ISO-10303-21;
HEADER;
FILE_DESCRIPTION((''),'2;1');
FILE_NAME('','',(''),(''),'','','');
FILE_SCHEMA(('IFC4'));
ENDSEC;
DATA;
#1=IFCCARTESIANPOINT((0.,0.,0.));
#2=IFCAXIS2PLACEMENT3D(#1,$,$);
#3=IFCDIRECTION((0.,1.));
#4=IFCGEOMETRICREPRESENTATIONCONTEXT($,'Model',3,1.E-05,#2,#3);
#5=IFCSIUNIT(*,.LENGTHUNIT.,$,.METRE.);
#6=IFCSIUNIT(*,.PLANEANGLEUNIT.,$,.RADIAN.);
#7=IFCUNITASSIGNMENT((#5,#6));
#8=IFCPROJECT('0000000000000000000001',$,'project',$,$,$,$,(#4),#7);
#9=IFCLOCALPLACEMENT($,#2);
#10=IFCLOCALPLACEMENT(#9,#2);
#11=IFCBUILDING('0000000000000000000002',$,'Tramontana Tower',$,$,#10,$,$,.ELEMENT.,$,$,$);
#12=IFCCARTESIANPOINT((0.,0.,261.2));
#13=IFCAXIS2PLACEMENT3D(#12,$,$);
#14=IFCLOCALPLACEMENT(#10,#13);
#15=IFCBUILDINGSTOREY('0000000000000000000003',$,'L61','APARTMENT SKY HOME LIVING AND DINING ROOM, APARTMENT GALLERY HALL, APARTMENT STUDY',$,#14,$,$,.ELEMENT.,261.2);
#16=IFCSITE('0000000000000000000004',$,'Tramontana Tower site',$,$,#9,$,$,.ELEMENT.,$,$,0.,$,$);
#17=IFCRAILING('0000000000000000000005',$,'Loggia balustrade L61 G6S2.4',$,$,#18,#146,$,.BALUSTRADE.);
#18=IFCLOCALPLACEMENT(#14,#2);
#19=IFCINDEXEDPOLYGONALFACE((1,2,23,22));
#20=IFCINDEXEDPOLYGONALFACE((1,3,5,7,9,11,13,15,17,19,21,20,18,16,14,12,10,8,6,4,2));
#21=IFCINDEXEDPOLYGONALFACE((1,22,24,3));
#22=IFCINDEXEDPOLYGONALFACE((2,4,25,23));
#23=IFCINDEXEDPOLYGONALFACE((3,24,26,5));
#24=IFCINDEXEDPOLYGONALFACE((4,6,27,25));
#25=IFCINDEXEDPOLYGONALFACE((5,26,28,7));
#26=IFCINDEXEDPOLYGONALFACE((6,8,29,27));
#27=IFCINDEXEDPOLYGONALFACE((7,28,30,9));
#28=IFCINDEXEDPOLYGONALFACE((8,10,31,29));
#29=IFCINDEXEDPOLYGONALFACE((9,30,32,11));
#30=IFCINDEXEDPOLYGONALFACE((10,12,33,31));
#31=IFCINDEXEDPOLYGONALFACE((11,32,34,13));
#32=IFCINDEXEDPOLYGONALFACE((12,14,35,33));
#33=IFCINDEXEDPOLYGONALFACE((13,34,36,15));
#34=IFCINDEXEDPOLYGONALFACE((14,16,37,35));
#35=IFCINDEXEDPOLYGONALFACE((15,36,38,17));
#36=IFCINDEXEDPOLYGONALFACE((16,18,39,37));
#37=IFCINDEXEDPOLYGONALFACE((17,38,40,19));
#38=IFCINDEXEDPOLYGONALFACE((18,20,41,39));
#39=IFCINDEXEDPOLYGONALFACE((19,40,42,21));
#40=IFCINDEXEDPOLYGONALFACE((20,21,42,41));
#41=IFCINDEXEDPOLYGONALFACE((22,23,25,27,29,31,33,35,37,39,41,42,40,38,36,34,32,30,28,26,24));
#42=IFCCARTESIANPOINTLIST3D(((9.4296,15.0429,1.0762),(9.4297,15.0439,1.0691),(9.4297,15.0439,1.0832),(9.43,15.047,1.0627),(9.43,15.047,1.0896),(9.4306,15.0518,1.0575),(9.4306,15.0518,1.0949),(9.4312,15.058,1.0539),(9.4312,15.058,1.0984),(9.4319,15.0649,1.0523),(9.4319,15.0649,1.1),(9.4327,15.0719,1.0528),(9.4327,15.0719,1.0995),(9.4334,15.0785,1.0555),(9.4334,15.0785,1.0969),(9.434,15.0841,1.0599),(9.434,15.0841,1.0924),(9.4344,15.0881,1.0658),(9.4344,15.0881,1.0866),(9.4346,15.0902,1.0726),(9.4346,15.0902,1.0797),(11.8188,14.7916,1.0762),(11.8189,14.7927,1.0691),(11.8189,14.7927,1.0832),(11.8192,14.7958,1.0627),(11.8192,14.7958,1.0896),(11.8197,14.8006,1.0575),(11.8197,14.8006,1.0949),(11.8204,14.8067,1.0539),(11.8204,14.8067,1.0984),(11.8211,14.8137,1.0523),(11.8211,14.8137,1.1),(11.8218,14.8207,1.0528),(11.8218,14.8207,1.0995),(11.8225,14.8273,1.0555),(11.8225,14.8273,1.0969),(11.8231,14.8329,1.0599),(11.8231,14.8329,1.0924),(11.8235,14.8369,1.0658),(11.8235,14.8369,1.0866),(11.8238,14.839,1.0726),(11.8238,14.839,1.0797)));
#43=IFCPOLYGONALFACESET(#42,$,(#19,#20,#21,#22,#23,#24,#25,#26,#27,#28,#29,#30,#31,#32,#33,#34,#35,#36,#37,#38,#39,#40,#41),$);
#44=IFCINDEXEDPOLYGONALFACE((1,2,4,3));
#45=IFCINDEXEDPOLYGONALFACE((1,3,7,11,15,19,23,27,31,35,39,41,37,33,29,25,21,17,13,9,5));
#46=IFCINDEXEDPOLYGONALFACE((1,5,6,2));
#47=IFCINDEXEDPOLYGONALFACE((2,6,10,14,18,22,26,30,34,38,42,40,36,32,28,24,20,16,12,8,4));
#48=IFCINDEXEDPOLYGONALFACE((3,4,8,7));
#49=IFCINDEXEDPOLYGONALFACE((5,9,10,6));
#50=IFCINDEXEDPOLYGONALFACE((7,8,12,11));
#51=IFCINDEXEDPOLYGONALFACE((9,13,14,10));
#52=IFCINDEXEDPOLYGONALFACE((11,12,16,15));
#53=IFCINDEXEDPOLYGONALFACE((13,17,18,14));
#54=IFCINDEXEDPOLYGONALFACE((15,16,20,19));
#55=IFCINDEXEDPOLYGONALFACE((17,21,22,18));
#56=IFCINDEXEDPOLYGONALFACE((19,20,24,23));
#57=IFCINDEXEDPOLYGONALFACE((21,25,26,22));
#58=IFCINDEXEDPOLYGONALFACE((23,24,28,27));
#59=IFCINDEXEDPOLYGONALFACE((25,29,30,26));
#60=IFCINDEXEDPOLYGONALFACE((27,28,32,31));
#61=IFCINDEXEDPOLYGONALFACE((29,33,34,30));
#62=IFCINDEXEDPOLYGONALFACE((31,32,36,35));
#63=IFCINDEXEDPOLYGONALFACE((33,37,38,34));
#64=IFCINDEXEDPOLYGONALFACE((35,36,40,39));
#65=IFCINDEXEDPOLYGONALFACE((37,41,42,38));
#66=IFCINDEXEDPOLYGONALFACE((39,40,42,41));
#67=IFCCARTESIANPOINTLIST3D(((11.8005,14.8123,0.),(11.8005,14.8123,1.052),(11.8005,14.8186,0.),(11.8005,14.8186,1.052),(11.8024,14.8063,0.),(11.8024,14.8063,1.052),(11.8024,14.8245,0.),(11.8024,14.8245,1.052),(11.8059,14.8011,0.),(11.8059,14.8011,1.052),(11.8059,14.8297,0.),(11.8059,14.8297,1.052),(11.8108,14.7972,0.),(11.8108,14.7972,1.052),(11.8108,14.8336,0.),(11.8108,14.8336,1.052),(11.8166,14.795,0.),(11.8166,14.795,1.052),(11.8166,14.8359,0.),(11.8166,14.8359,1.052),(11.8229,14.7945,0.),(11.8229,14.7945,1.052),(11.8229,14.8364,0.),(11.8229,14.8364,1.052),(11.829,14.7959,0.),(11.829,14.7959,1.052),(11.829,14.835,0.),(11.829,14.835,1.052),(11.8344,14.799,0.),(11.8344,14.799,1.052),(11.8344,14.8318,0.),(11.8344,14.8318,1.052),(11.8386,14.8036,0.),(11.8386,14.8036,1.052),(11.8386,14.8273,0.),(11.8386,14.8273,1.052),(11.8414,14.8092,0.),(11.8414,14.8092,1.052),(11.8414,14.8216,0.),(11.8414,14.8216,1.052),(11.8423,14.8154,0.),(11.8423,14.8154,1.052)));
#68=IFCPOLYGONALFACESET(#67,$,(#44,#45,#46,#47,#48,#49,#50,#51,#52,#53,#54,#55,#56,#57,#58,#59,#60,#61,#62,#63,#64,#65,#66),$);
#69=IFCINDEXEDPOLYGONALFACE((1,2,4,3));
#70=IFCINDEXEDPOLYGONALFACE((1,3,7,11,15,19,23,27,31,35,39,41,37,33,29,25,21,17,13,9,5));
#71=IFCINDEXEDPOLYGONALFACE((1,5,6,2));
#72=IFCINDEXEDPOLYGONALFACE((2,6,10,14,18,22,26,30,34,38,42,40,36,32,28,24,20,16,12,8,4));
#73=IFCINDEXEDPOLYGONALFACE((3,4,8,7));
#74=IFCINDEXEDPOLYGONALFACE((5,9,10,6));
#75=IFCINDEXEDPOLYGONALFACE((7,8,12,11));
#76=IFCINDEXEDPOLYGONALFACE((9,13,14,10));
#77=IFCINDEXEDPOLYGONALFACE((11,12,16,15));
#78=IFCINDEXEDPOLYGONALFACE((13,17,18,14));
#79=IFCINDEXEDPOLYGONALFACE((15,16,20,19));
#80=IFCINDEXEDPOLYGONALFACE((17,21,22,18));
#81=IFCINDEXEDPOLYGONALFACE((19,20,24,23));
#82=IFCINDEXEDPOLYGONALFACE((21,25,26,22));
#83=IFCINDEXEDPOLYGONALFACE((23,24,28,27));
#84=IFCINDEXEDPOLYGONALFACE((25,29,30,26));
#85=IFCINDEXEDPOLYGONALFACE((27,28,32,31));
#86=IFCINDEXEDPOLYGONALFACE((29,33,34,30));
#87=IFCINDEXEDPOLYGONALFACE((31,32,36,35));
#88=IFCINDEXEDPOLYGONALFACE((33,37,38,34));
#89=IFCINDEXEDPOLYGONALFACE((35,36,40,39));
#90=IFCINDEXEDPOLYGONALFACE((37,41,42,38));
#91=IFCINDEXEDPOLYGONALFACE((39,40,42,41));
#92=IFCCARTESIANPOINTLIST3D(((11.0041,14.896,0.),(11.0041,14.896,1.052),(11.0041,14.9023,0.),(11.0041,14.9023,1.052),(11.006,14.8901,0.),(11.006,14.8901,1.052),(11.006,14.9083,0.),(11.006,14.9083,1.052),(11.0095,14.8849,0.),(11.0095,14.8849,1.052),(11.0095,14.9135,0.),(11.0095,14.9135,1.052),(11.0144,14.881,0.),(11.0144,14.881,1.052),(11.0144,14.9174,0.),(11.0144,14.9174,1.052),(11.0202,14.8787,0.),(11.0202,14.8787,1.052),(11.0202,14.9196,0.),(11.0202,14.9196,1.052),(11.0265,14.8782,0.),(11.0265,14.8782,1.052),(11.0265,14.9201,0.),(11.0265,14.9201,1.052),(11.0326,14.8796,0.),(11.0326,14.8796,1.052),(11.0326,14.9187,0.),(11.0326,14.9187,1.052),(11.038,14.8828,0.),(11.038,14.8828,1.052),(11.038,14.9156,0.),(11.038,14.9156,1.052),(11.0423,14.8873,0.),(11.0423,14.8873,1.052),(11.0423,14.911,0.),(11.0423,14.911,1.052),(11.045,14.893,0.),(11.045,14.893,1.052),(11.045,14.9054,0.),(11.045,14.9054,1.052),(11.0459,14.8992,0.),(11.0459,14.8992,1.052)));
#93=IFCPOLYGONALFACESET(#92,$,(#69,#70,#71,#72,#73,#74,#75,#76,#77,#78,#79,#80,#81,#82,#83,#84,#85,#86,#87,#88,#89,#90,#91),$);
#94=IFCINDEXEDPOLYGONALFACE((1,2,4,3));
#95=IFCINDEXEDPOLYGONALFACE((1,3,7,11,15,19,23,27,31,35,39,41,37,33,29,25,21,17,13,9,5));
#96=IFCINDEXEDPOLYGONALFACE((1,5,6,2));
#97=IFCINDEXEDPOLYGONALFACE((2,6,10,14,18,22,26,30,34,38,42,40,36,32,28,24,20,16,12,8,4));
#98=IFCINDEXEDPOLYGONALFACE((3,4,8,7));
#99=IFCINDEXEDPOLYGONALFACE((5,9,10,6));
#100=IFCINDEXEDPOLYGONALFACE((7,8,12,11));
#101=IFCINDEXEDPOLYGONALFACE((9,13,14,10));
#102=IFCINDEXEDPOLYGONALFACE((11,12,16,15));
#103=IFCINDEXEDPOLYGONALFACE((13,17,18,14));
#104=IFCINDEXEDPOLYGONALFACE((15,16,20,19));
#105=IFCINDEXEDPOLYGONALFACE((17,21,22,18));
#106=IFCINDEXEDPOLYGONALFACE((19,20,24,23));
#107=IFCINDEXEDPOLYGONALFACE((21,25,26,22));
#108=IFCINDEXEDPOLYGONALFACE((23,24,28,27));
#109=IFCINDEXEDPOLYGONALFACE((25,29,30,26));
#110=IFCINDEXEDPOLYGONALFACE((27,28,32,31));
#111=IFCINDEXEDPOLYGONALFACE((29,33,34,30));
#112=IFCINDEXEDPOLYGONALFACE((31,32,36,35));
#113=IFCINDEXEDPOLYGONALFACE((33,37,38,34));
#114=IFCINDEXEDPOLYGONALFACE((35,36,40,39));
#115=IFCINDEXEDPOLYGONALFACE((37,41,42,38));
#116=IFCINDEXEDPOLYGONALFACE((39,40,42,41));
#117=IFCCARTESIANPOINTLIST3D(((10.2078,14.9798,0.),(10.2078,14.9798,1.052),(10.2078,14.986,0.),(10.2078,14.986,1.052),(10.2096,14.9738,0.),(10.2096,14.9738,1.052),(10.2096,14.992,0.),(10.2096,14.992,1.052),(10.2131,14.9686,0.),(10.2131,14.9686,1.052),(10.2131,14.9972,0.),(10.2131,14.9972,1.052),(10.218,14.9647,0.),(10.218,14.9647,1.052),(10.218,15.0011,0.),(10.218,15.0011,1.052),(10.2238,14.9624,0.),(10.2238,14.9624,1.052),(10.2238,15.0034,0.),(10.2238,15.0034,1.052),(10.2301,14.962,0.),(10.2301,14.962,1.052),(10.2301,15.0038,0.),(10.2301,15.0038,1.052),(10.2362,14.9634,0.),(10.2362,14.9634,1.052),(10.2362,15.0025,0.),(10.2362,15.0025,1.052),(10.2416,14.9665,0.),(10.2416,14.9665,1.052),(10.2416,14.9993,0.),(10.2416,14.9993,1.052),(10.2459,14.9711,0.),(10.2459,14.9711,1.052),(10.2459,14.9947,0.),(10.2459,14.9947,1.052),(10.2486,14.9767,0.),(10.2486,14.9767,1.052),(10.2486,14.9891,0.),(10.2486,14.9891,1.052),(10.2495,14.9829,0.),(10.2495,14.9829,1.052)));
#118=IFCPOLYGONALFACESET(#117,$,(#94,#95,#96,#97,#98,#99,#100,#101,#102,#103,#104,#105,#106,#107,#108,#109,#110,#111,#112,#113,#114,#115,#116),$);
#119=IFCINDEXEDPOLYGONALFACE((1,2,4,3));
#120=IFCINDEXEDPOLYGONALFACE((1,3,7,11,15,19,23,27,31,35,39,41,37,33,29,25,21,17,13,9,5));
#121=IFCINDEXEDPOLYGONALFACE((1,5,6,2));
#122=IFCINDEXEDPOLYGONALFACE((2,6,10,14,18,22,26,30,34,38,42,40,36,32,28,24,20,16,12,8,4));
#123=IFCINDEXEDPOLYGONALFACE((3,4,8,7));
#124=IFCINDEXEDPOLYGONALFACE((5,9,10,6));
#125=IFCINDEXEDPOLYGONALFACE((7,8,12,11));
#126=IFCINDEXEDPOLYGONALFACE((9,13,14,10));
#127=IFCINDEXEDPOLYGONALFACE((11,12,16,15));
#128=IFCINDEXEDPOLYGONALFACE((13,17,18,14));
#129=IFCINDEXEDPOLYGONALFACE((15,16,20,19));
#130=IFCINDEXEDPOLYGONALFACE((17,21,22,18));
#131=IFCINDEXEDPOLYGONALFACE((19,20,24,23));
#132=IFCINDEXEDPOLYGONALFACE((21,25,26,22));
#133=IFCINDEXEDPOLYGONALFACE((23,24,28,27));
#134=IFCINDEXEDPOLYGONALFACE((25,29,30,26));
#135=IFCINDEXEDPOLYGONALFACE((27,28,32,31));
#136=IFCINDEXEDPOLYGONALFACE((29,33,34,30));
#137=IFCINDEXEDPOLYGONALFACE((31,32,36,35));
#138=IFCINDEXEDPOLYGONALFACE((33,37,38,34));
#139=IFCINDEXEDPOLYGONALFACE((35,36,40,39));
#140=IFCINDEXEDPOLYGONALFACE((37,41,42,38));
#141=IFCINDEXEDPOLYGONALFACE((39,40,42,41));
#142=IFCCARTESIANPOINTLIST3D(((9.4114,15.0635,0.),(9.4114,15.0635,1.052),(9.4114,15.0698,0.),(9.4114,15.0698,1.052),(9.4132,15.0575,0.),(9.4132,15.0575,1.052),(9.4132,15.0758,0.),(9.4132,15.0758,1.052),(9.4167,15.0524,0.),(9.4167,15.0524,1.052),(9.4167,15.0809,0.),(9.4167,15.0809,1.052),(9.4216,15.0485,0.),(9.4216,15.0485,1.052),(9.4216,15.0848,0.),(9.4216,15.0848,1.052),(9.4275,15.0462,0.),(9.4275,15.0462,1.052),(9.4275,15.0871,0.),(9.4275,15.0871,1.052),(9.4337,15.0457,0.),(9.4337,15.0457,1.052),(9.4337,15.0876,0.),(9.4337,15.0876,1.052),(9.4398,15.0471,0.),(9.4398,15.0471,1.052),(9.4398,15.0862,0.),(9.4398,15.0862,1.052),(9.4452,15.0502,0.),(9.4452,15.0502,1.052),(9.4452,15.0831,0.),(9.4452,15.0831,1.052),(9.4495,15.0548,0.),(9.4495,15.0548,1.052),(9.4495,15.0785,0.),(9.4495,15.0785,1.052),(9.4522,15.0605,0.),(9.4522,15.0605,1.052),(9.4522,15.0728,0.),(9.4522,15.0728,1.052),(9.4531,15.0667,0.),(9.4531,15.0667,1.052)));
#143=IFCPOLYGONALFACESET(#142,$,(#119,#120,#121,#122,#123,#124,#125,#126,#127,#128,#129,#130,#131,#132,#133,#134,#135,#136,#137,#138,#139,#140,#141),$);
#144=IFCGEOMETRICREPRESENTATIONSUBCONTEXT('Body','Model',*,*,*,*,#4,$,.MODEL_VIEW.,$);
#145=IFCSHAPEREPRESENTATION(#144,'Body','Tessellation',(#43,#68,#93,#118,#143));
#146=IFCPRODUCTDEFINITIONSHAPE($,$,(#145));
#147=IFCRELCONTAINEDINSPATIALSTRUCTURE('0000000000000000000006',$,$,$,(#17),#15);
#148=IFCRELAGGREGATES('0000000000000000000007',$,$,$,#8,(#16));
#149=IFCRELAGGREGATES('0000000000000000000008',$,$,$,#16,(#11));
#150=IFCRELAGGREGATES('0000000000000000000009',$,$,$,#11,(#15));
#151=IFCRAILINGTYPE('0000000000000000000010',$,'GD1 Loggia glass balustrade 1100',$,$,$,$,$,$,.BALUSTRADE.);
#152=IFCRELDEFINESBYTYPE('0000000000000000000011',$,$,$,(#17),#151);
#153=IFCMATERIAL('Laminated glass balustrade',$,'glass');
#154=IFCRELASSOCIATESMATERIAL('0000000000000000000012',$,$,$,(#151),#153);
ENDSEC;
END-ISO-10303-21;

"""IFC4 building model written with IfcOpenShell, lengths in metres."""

from ifc_helpers import new_model, si_unit, direction, frame, origin, origin_2d, place, context, subcontext, project, spatial, circle, extrude, material, type_object, element, save


model = new_model("IFC4")

# Units and contexts
model_context = context("Model", 3, precision=1e-05, world=origin(), true_north=direction((0.0, 1.0)))
body_context = subcontext(model_context, "Body", "Model", "MODEL_VIEW")
ifc_project = project(units=[si_unit("LENGTHUNIT", "METRE"), si_unit("PLANEANGLEUNIT", "RADIAN")], contexts=[model_context])

# Site, building, storey
site_placement = place(None, origin())
site = spatial("IfcSite", under=ifc_project, at=site_placement, Name="Tramontana Tower site", CompositionType="ELEMENT", RefElevation=0.0)
building_placement = place(site_placement, origin())
building = spatial("IfcBuilding", under=site, at=building_placement, Name="Tramontana Tower", CompositionType="ELEMENT")
storey_placement = place(building_placement, frame((0.0, 0.0, 261.2)))
storey = spatial("IfcBuildingStorey", under=building, at=storey_placement, Name="L61", Description="APARTMENT SKY HOME LIVING AND DINING ROOM, APARTMENT GALLERY HALL, APARTMENT STUDY", CompositionType="ELEMENT", Elevation=261.2)

# Railing
ifc_material_1 = material(Name="Laminated glass balustrade", Category="glass")
railing_type = type_object("IfcRailingType", Name="GD1 Loggia glass balustrade 1100", PredefinedType="BALUSTRADE", material=ifc_material_1)
railing_placement = place(storey_placement, frame((11.8213, 14.8154, 0.0)))
element("IfcRailing", 1, at=railing_placement, inside=storey, type_object=railing_type, Name="Loggia balustrade L61 G6S2.4", PredefinedType="BALUSTRADE", context=body_context, shape_type="SweptSolid", body=[
    extrude(circle(Radius=0.0239, at=origin_2d()), frame((0.0, 0.0, 1.0762), z_axis=(-0.994517, 0.104574, 0.0), x_axis=(-0.104574, -0.994517, 0.0)), (0.0, 0.0, 1.0), 2.4023),
    extrude(circle(Radius=0.021, at=origin_2d()), origin(), (0.0, 0.0, 1.0), 1.052),
    extrude(circle(Radius=0.021, at=origin_2d()), frame((-0.7964, 0.0837, 0.0)), (0.0, 0.0, 1.0), 1.052),
    extrude(circle(Radius=0.021, at=origin_2d()), frame((-1.5928, 0.1675, 0.0)), (0.0, 0.0, 1.0), 1.052),
    extrude(circle(Radius=0.021, at=origin_2d()), frame((-2.3892, 0.2512, 0.0)), (0.0, 0.0, 1.0), 1.052),
])

save(model, "model.ifc")
